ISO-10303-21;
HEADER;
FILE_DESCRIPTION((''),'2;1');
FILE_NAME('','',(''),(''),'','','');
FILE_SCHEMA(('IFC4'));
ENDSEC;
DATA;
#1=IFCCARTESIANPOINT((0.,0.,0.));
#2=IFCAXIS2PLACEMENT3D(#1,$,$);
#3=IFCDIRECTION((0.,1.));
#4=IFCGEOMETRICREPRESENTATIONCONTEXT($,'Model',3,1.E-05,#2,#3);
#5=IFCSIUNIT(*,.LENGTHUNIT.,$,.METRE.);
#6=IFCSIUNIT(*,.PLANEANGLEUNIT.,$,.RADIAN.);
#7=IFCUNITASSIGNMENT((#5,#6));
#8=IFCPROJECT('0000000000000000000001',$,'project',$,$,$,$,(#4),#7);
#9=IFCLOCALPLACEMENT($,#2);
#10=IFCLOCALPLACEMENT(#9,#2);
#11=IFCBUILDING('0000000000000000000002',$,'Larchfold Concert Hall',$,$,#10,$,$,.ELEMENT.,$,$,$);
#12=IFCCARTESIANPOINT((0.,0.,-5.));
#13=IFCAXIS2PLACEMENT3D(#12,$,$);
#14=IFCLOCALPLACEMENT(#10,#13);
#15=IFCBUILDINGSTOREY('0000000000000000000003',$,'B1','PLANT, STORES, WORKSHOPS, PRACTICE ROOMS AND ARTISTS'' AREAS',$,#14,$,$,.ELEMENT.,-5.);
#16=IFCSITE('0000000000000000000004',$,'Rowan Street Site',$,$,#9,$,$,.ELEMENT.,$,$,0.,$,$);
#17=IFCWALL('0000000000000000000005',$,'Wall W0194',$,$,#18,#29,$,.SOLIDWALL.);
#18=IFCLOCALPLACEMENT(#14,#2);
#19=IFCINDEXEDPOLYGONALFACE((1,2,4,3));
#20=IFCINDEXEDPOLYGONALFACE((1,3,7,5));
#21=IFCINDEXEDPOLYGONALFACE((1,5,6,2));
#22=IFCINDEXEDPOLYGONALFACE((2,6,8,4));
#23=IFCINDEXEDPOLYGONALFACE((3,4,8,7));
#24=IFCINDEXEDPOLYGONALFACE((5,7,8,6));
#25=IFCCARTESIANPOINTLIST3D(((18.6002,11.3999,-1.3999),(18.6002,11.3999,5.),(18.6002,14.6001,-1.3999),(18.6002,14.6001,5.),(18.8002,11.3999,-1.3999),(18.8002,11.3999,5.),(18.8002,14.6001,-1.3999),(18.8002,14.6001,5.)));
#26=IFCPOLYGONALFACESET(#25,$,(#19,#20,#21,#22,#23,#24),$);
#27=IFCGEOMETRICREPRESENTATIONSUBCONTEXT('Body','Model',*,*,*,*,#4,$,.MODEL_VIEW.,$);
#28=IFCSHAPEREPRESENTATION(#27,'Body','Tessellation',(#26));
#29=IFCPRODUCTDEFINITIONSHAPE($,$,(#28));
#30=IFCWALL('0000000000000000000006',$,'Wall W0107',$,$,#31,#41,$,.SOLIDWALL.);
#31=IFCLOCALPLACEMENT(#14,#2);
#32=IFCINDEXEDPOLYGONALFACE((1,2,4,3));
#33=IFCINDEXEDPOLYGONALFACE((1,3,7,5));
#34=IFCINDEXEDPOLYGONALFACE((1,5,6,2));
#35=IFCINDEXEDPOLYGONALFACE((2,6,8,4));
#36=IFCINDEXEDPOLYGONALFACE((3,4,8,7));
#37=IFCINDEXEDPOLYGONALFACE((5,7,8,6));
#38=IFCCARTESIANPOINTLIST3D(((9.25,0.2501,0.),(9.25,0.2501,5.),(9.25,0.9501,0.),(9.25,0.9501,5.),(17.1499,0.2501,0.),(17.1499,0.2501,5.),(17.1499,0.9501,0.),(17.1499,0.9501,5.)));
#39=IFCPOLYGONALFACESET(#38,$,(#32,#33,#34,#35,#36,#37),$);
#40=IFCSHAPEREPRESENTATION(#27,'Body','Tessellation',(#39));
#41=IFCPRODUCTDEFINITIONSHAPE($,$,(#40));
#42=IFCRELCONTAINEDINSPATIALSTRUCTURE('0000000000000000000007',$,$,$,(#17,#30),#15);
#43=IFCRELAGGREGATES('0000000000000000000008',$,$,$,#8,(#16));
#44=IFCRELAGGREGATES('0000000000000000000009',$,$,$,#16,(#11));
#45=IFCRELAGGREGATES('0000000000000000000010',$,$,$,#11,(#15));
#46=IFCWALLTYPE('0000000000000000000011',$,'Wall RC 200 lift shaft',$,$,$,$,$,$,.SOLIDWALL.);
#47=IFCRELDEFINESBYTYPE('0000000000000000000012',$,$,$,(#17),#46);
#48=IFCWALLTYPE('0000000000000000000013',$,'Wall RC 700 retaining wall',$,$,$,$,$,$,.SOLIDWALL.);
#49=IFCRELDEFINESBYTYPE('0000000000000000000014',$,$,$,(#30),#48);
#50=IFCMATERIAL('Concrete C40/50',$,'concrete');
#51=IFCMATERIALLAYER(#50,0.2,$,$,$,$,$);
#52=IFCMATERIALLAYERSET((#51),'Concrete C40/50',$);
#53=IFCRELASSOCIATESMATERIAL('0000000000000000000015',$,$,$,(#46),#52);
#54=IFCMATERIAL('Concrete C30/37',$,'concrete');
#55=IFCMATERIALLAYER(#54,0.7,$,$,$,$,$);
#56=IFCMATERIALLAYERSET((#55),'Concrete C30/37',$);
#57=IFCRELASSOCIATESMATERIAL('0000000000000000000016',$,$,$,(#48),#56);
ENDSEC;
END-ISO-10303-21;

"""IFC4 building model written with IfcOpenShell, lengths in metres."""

from ifc_helpers import new_model, si_unit, direction, frame, frame_2d, origin, place, context, subcontext, project, spatial, rectangle, extrude, material, layer, layer_set, type_object, element, save


model = new_model("IFC4")

# Units and contexts
model_context = context("Model", 3, precision=1e-05, world=origin(), true_north=direction((0.0, 1.0)))
body_context = subcontext(model_context, "Body", "Model", "MODEL_VIEW")
ifc_project = project(units=[si_unit("LENGTHUNIT", "METRE"), si_unit("PLANEANGLEUNIT", "RADIAN")], contexts=[model_context])

# Site, building, storey
site_placement = place(None, origin())
site = spatial("IfcSite", under=ifc_project, at=site_placement, Name="Rowan Street Site", CompositionType="ELEMENT", RefElevation=0.0)
building_placement = place(site_placement, origin())
building = spatial("IfcBuilding", under=site, at=building_placement, Name="Larchfold Concert Hall", CompositionType="ELEMENT")
storey_placement = place(building_placement, frame((0.0, 0.0, -5.0)))
storey = spatial("IfcBuildingStorey", under=building, at=storey_placement, Name="B1", Description="PLANT, STORES, WORKSHOPS, PRACTICE ROOMS AND ARTISTS' AREAS", CompositionType="ELEMENT", Elevation=-5.0)

# Walls
ifc_material_1 = material(Name="Concrete C40/50", Category="concrete")
ifc_layer_1 = layer(ifc_material_1, 0.2)
ifc_layer_set_1 = layer_set([ifc_layer_1], Name="Concrete C40/50")
wall_type_1 = type_object("IfcWallType", Name="Wall RC 200 lift shaft", PredefinedType="SOLIDWALL", material=ifc_layer_set_1)
wall_1_placement = place(storey_placement, frame((18.7002, 11.3999, -1.3999), z_axis=(0.0, 0.0, 1.0), x_axis=(0.0, 1.0, 0.0)))
element("IfcWall", 1, at=wall_1_placement, inside=storey, type_object=wall_type_1, Name="Wall W0194", PredefinedType="SOLIDWALL", context=body_context, shape_type="SweptSolid", body=[
    extrude(rectangle(XDim=3.2002, YDim=0.2, at=frame_2d((1.6001, 0.0))), origin(), (0.0, 0.0, 1.0), 6.3999),
])
ifc_material_2 = material(Name="Concrete C30/37", Category="concrete")
ifc_layer_2 = layer(ifc_material_2, 0.7)
ifc_layer_set_2 = layer_set([ifc_layer_2], Name="Concrete C30/37")
wall_type_2 = type_object("IfcWallType", Name="Wall RC 700 retaining wall", PredefinedType="SOLIDWALL", material=ifc_layer_set_2)
wall_2_placement = place(storey_placement, frame((17.1499, 0.6001, 0.0), z_axis=(0.0, 0.0, 1.0), x_axis=(-1.0, 0.0, 0.0)))
element("IfcWall", 2, at=wall_2_placement, inside=storey, type_object=wall_type_2, Name="Wall W0107", PredefinedType="SOLIDWALL", context=body_context, shape_type="SweptSolid", body=[
    extrude(rectangle(XDim=7.8999, YDim=0.7, at=frame_2d((3.95, 0.0))), origin(), (0.0, 0.0, 1.0), 5.0),
])

save(model, "model.ifc")
